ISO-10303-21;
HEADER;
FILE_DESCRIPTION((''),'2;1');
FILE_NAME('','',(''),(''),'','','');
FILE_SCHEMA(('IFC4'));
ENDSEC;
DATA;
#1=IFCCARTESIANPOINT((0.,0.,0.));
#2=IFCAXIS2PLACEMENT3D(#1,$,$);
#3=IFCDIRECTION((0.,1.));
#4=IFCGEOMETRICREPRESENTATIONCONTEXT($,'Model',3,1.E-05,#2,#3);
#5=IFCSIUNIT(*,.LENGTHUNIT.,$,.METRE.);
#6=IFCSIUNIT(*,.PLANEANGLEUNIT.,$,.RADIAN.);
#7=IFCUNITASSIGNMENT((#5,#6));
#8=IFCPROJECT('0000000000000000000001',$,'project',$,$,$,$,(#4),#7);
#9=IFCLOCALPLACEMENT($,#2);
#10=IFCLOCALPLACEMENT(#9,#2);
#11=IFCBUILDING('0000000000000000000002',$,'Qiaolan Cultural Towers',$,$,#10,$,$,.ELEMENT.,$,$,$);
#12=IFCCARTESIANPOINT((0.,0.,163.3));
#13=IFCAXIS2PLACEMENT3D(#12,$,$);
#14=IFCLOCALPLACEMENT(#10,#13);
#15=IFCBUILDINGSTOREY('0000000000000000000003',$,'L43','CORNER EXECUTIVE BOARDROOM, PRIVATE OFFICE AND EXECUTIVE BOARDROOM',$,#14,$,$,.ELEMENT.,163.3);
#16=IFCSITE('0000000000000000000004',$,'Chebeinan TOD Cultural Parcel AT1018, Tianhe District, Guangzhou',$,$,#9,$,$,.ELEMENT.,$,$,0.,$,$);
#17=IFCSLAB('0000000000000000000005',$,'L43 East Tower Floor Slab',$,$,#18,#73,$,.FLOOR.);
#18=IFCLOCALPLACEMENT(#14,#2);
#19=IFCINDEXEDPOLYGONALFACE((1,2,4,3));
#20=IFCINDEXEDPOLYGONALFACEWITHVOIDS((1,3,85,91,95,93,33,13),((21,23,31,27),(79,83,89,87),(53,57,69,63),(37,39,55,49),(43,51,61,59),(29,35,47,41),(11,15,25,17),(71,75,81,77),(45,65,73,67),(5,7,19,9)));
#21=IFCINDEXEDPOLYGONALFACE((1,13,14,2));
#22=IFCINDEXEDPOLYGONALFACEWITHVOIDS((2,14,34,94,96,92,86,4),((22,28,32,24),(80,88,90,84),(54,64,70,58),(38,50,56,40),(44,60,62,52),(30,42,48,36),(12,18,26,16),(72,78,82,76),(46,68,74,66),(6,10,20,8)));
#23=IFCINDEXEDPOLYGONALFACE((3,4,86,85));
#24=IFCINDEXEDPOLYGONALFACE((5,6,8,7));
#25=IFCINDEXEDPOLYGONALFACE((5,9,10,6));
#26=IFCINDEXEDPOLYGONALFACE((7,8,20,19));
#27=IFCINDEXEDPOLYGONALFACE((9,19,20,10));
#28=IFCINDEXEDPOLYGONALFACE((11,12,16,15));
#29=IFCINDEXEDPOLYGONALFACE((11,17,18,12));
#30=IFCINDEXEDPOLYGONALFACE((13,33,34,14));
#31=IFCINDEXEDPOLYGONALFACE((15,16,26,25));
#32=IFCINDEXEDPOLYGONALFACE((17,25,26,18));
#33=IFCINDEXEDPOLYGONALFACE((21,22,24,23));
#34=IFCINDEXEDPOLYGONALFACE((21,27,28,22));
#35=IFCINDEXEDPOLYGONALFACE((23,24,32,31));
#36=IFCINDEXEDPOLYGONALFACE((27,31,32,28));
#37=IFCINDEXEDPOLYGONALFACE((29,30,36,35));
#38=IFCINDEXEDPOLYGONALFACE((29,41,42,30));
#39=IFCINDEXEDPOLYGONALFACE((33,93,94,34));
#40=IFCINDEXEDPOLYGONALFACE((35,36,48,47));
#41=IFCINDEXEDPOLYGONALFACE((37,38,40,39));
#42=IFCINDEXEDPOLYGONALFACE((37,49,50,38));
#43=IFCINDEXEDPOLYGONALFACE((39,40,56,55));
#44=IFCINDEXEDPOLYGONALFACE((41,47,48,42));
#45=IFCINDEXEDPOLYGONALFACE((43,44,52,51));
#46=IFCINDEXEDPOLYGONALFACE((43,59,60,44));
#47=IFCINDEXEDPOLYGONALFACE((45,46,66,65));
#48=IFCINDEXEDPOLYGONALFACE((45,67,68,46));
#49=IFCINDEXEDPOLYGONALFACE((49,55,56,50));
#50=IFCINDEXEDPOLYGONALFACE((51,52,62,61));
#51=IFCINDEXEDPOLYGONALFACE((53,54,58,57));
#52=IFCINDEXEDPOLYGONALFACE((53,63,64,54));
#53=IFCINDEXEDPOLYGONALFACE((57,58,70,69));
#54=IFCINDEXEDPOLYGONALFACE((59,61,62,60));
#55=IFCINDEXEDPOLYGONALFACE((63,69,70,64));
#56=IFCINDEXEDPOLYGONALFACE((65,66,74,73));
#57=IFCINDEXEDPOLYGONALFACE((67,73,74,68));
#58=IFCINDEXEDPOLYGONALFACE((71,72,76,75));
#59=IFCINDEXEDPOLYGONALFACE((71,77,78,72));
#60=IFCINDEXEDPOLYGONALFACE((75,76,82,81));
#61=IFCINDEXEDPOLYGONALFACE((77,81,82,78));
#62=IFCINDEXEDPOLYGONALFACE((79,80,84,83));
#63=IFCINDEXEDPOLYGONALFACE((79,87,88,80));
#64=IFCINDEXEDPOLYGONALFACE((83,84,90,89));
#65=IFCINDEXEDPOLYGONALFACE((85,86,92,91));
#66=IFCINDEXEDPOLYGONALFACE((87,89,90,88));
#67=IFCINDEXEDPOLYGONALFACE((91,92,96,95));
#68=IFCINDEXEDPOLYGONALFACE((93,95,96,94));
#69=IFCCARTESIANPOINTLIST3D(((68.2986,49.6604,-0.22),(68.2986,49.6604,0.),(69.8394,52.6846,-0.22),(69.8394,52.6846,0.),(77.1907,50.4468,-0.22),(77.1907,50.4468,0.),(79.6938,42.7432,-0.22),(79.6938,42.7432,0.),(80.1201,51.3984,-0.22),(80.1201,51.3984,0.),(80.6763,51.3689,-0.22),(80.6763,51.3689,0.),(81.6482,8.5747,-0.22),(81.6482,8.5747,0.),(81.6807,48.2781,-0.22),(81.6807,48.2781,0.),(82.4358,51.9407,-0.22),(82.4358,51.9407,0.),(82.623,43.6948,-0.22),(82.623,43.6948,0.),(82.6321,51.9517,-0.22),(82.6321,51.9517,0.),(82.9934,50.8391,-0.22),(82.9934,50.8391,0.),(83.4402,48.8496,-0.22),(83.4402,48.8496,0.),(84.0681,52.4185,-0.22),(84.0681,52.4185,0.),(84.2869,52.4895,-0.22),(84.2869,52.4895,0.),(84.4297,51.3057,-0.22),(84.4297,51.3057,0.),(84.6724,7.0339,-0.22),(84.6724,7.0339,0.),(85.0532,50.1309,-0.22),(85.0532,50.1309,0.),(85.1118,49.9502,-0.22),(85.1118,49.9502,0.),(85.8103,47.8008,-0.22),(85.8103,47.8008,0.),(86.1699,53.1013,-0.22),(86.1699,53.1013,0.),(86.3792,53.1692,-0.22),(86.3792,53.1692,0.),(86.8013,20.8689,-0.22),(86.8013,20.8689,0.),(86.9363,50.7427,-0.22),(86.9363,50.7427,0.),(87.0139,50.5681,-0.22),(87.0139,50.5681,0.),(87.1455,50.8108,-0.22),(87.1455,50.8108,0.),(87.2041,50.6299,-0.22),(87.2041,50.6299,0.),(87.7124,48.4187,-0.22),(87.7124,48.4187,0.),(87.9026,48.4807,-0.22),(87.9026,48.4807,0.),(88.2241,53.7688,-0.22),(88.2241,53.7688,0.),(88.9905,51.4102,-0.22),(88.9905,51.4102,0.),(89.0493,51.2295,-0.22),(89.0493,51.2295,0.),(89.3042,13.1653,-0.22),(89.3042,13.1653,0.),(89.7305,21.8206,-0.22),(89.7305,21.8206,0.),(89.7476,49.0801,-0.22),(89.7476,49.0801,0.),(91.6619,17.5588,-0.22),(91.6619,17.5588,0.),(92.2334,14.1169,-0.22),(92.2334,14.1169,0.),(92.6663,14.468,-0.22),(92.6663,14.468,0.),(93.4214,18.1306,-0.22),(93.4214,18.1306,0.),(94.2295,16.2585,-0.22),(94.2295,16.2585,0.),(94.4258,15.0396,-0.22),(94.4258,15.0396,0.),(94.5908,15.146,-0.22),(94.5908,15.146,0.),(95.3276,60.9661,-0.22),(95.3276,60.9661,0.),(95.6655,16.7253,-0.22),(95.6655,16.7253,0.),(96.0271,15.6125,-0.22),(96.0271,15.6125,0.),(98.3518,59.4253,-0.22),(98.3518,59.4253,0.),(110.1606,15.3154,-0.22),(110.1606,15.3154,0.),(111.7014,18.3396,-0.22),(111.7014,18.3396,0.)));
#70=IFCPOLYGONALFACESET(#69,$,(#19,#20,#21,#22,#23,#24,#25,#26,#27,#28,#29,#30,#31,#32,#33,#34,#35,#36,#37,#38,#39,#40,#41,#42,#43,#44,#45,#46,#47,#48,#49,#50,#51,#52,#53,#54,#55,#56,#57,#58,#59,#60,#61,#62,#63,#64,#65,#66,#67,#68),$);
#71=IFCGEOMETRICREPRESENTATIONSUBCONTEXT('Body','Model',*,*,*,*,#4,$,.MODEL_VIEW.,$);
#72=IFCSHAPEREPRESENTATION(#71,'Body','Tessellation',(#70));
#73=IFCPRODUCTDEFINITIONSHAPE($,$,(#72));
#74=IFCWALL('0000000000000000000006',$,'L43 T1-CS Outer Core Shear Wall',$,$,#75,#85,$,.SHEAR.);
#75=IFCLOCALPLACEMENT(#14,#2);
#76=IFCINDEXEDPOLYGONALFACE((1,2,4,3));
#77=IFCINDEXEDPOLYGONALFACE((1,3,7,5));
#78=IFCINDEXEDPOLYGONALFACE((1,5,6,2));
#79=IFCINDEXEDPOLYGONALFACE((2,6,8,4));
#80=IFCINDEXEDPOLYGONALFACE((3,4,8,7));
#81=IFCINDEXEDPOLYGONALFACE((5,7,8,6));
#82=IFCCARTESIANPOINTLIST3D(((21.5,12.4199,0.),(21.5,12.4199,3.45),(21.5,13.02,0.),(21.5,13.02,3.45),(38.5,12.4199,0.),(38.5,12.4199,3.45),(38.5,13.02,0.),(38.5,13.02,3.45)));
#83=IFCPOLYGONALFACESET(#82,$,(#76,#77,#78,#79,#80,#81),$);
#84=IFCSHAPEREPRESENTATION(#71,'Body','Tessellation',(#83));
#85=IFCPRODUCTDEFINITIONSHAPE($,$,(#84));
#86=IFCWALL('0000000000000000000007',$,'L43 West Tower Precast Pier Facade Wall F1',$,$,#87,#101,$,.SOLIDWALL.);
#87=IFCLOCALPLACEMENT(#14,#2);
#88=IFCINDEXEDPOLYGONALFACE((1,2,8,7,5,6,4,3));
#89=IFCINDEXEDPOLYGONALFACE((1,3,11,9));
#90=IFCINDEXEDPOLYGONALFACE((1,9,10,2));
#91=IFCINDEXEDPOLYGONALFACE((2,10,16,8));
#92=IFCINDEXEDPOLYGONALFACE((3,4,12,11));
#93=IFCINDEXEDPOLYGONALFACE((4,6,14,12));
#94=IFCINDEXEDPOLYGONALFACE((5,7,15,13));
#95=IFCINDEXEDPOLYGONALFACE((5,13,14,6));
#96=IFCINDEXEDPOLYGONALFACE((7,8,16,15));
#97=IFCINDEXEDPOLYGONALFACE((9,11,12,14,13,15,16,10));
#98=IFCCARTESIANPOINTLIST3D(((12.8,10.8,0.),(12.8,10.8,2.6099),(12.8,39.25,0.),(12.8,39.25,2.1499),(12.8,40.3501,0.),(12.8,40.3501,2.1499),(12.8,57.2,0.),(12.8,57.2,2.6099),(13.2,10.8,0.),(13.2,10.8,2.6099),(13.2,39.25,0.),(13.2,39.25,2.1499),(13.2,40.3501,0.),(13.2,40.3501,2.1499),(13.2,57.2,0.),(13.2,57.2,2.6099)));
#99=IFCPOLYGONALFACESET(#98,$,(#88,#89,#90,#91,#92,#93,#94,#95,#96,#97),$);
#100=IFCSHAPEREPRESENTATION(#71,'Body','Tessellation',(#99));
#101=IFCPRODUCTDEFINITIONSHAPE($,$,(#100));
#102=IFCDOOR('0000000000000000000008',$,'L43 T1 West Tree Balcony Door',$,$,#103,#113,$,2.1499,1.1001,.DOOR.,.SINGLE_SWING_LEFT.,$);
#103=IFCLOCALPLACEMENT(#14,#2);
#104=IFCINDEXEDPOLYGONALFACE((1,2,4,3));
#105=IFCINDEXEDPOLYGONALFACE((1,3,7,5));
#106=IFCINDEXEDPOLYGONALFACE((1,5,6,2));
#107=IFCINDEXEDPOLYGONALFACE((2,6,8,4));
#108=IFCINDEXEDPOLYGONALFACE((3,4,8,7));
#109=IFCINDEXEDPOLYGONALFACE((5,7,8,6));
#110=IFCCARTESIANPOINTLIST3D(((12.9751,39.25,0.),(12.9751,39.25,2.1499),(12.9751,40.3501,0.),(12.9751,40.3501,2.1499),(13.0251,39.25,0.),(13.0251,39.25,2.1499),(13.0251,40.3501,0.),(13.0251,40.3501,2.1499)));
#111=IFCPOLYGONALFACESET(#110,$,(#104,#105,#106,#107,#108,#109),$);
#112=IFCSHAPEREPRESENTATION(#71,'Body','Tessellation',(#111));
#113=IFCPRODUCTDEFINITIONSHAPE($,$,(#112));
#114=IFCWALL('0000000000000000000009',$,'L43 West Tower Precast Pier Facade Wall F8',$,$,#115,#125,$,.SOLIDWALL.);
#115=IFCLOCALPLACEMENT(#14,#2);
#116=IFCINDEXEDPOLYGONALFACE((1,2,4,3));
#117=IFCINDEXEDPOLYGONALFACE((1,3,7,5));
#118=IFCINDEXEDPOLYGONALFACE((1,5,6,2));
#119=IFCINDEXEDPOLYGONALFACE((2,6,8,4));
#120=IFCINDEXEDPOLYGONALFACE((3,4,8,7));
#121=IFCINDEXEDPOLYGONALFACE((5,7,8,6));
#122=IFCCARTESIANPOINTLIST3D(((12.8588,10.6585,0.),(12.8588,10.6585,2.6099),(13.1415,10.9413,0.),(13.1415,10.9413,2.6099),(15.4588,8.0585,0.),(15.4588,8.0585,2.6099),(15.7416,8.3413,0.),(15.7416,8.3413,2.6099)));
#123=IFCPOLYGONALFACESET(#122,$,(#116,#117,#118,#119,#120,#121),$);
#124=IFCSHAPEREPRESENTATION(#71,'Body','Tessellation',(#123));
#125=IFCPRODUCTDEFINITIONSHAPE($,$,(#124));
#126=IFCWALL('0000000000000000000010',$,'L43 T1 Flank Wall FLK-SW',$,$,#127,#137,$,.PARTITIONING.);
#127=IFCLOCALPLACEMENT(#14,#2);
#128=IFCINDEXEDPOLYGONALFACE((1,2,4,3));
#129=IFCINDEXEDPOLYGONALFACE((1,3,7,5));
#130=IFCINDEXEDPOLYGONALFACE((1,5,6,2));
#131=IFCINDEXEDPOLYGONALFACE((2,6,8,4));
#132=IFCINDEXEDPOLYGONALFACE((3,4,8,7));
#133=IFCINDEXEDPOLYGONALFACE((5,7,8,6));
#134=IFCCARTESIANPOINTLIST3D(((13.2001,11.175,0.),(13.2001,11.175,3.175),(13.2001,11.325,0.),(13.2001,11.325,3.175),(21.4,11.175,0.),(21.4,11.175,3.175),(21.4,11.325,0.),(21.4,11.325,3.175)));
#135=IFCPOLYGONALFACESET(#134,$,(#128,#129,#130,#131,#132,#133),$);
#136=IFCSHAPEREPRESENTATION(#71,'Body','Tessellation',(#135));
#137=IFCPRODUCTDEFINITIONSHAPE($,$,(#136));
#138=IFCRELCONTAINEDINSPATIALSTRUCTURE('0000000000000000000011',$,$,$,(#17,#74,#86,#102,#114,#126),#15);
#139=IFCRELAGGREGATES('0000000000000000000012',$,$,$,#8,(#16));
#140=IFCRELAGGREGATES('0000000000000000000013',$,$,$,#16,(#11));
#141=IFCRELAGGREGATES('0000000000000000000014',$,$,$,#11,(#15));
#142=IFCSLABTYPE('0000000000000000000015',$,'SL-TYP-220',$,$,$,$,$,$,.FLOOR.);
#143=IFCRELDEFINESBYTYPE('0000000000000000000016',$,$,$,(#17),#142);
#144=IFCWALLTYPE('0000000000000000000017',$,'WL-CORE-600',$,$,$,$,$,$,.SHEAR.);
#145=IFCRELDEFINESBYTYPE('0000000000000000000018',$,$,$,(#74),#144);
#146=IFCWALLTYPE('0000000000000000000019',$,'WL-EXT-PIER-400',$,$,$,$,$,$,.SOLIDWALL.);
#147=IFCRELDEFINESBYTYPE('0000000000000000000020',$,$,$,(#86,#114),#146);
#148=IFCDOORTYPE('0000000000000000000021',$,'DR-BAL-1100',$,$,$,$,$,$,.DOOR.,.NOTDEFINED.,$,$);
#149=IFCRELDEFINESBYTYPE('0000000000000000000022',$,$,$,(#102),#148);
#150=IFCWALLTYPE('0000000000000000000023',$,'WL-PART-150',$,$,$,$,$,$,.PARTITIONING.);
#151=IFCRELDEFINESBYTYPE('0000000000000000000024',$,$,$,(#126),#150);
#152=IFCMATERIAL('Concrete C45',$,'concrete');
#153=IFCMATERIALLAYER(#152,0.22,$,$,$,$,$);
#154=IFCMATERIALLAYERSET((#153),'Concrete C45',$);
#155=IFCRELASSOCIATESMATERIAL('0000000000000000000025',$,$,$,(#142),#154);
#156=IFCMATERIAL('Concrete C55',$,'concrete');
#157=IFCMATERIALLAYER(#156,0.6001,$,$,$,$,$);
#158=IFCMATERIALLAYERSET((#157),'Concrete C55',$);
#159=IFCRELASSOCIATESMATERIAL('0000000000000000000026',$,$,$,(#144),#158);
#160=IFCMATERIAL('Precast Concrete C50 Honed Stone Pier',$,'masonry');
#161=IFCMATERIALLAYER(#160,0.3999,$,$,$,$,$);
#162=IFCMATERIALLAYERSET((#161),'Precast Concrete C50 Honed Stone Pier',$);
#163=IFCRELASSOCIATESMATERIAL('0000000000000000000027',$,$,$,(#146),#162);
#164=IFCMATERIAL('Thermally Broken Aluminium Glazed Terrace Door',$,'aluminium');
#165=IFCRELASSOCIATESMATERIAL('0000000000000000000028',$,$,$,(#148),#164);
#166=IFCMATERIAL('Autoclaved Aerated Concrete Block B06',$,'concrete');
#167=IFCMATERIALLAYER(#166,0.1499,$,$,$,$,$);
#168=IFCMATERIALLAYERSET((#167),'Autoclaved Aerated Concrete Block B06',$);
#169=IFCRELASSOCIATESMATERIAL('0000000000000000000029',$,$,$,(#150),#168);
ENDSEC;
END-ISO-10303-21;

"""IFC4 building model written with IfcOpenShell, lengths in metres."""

from ifc_helpers import new_model, si_unit, direction, frame, frame_2d, origin, place, context, subcontext, project, spatial, polyline, rectangle, outline, extrude, material, layer, layer_set, type_object, element, fill, save


model = new_model("IFC4")

# Units and contexts
model_context = context("Model", 3, precision=1e-05, world=origin(), true_north=direction((0.0, 1.0)))
body_context = subcontext(model_context, "Body", "Model", "MODEL_VIEW")
ifc_project = project(units=[si_unit("LENGTHUNIT", "METRE"), si_unit("PLANEANGLEUNIT", "RADIAN")], contexts=[model_context])

# Site, building, storey
site_placement = place(None, origin())
site = spatial("IfcSite", under=ifc_project, at=site_placement, Name="Chebeinan TOD Cultural Parcel AT1018, Tianhe District, Guangzhou", CompositionType="ELEMENT", RefElevation=0.0)
building_placement = place(site_placement, origin())
building = spatial("IfcBuilding", under=site, at=building_placement, Name="Qiaolan Cultural Towers", CompositionType="ELEMENT")
storey_placement = place(building_placement, frame((0.0, 0.0, 163.3)))
storey = spatial("IfcBuildingStorey", under=building, at=storey_placement, Name="L43", Description="CORNER EXECUTIVE BOARDROOM, PRIVATE OFFICE AND EXECUTIVE BOARDROOM", CompositionType="ELEMENT", Elevation=163.3)

# Slab
ifc_material_1 = material(Name="Concrete C45", Category="concrete")
ifc_layer_1 = layer(ifc_material_1, 0.22)
ifc_layer_set_1 = layer_set([ifc_layer_1], Name="Concrete C45")
slab_type_1 = type_object("IfcSlabType", Name="SL-TYP-220", PredefinedType="FLOOR", material=ifc_layer_set_1)
slab_1_placement = place(storey_placement, frame((0.0, 0.0, -0.22)))
element("IfcSlab", 1, at=slab_1_placement, inside=storey, type_object=slab_type_1, Name="L43 East Tower Floor Slab", PredefinedType="FLOOR", context=body_context, shape_type="SweptSolid", body=[
    extrude(outline(polyline([(84.6724, 7.0339), (110.1606, 15.3154), (111.7014, 18.3396), (98.3518, 59.4253), (95.3276, 60.9661), (69.8394, 52.6846), (68.2986, 49.6604), (81.6482, 8.5747), (84.6724, 7.0339)]), holes=[polyline([(86.8013, 20.8689), (89.3042, 13.1653), (92.2334, 14.1169), (89.7305, 21.8206), (86.8013, 20.8689)]), polyline([(82.623, 43.6948), (80.1201, 51.3984), (77.1907, 50.4468), (79.6938, 42.7432), (82.623, 43.6948)]), polyline([(92.6663, 14.468), (94.4258, 15.0396), (93.4214, 18.1306), (91.6619, 17.5588), (92.6663, 14.468)]), polyline([(94.5908, 15.146), (96.0271, 15.6125), (95.6655, 16.7253), (94.2295, 16.2585), (94.5908, 15.146)]), polyline([(81.6807, 48.2781), (83.4402, 48.8496), (82.4358, 51.9407), (80.6763, 51.3689), (81.6807, 48.2781)]), polyline([(82.9934, 50.8391), (84.4297, 51.3057), (84.0681, 52.4185), (82.6321, 51.9517), (82.9934, 50.8391)]), polyline([(85.8103, 47.8008), (87.7124, 48.4187), (87.0139, 50.5681), (85.1118, 49.9502), (85.8103, 47.8008)]), polyline([(87.9026, 48.4807), (89.7476, 49.0801), (89.0493, 51.2295), (87.2041, 50.6299), (87.9026, 48.4807)]), polyline([(85.0532, 50.1309), (86.9363, 50.7427), (86.1699, 53.1013), (84.2869, 52.4895), (85.0532, 50.1309)]), polyline([(87.1455, 50.8108), (88.9905, 51.4102), (88.2241, 53.7688), (86.3792, 53.1692), (87.1455, 50.8108)])]), origin(), (0.0, 0.0, 1.0), 0.22),
])

# Wall
ifc_material_2 = material(Name="Concrete C55", Category="concrete")
ifc_layer_2 = layer(ifc_material_2, 0.6001)
ifc_layer_set_2 = layer_set([ifc_layer_2], Name="Concrete C55")
wall_type_1 = type_object("IfcWallType", Name="WL-CORE-600", PredefinedType="SHEAR", material=ifc_layer_set_2)
wall_1_placement = place(storey_placement, frame((21.5, 12.72, 0.0), z_axis=(0.0, 0.0, 1.0), x_axis=(1.0, 0.0, 0.0)))
element("IfcWall", 2, at=wall_1_placement, inside=storey, type_object=wall_type_1, Name="L43 T1-CS Outer Core Shear Wall", PredefinedType="SHEAR", context=body_context, shape_type="SweptSolid", body=[
    extrude(rectangle(XDim=17.0, YDim=0.6001, at=frame_2d((8.5, 0.0))), origin(), (0.0, 0.0, 1.0), 3.45),
])

# Wall, opening, door
ifc_material_3 = material(Name="Precast Concrete C50 Honed Stone Pier", Category="masonry")
ifc_layer_3 = layer(ifc_material_3, 0.3999)
ifc_layer_set_3 = layer_set([ifc_layer_3], Name="Precast Concrete C50 Honed Stone Pier")
wall_type_2 = type_object("IfcWallType", Name="WL-EXT-PIER-400", PredefinedType="SOLIDWALL", material=ifc_layer_set_3)
wall_2_placement = place(storey_placement, frame((13.0, 10.8, 0.0), z_axis=(0.0, 0.0, 1.0), x_axis=(0.0, 1.0, 0.0)))
wall_2 = element("IfcWall", 3, at=wall_2_placement, inside=storey, type_object=wall_type_2, Name="L43 West Tower Precast Pier Facade Wall F1", PredefinedType="SOLIDWALL", context=body_context, shape_type="SweptSolid", body=[
    extrude(rectangle(XDim=46.3999, YDim=0.3999, at=frame_2d((23.2, 0.0))), origin(), (0.0, 0.0, 1.0), 2.6099),
])
opening_placement = place(wall_2_placement, frame((28.45, 0.0, 0.0)))
opening = element("IfcOpeningElement", 4, at=opening_placement, cuts=wall_2, PredefinedType="OPENING", context=body_context, shape_type="SweptSolid", body=[
    extrude(rectangle(XDim=1.1001, YDim=2.1499, at=frame_2d((0.55, 1.075))), frame((0.0, 0.21, 0.0), z_axis=(0.0, -1.0, 0.0), x_axis=(1.0, 0.0, 0.0)), (0.0, 0.0, 1.0), 0.4199),
])
ifc_material_4 = material(Name="Thermally Broken Aluminium Glazed Terrace Door", Category="aluminium")
door_type = type_object("IfcDoorType", Name="DR-BAL-1100", OperationType="NOTDEFINED", PredefinedType="DOOR", material=ifc_material_4)
door_placement = place(opening_placement, origin())
door = element("IfcDoor", 5, at=door_placement, inside=storey, type_object=door_type, Name="L43 T1 West Tree Balcony Door", OperationType="SINGLE_SWING_LEFT", OverallHeight=2.1499, OverallWidth=1.1001, PredefinedType="DOOR", context=body_context, shape_type="SweptSolid", body=[
    extrude(rectangle(XDim=1.1001, YDim=2.1499, at=frame_2d((0.55, 1.075))), frame((0.0, 0.0249, 0.0), z_axis=(0.0, -1.0, 0.0), x_axis=(1.0, 0.0, 0.0)), (0.0, 0.0, 1.0), 0.05),
])
fill(opening, door)

# Walls
wall_3_placement = place(storey_placement, frame((15.6001, 8.2, 0.0), z_axis=(0.0, 0.0, 1.0), x_axis=(-0.707107, 0.707107, 0.0)))
element("IfcWall", 6, at=wall_3_placement, inside=storey, type_object=wall_type_2, Name="L43 West Tower Precast Pier Facade Wall F8", PredefinedType="SOLIDWALL", context=body_context, shape_type="SweptSolid", body=[
    extrude(rectangle(XDim=3.677, YDim=0.3999, at=frame_2d((1.8384, 0.0))), origin(), (0.0, 0.0, 1.0), 2.6099),
])
ifc_material_5 = material(Name="Autoclaved Aerated Concrete Block B06", Category="concrete")
ifc_layer_4 = layer(ifc_material_5, 0.1499)
ifc_layer_set_4 = layer_set([ifc_layer_4], Name="Autoclaved Aerated Concrete Block B06")
wall_type_3 = type_object("IfcWallType", Name="WL-PART-150", PredefinedType="PARTITIONING", material=ifc_layer_set_4)
wall_4_placement = place(storey_placement, frame((13.2, 11.25, 0.0), z_axis=(0.0, 0.0, 1.0), x_axis=(1.0, 0.0, 0.0)))
element("IfcWall", 7, at=wall_4_placement, inside=storey, type_object=wall_type_3, Name="L43 T1 Flank Wall FLK-SW", PredefinedType="PARTITIONING", context=body_context, shape_type="SweptSolid", body=[
    extrude(rectangle(XDim=8.2, YDim=0.1499, at=frame_2d((4.1001, 0.0))), origin(), (0.0, 0.0, 1.0), 3.175),
])

save(model, "model.ifc")
